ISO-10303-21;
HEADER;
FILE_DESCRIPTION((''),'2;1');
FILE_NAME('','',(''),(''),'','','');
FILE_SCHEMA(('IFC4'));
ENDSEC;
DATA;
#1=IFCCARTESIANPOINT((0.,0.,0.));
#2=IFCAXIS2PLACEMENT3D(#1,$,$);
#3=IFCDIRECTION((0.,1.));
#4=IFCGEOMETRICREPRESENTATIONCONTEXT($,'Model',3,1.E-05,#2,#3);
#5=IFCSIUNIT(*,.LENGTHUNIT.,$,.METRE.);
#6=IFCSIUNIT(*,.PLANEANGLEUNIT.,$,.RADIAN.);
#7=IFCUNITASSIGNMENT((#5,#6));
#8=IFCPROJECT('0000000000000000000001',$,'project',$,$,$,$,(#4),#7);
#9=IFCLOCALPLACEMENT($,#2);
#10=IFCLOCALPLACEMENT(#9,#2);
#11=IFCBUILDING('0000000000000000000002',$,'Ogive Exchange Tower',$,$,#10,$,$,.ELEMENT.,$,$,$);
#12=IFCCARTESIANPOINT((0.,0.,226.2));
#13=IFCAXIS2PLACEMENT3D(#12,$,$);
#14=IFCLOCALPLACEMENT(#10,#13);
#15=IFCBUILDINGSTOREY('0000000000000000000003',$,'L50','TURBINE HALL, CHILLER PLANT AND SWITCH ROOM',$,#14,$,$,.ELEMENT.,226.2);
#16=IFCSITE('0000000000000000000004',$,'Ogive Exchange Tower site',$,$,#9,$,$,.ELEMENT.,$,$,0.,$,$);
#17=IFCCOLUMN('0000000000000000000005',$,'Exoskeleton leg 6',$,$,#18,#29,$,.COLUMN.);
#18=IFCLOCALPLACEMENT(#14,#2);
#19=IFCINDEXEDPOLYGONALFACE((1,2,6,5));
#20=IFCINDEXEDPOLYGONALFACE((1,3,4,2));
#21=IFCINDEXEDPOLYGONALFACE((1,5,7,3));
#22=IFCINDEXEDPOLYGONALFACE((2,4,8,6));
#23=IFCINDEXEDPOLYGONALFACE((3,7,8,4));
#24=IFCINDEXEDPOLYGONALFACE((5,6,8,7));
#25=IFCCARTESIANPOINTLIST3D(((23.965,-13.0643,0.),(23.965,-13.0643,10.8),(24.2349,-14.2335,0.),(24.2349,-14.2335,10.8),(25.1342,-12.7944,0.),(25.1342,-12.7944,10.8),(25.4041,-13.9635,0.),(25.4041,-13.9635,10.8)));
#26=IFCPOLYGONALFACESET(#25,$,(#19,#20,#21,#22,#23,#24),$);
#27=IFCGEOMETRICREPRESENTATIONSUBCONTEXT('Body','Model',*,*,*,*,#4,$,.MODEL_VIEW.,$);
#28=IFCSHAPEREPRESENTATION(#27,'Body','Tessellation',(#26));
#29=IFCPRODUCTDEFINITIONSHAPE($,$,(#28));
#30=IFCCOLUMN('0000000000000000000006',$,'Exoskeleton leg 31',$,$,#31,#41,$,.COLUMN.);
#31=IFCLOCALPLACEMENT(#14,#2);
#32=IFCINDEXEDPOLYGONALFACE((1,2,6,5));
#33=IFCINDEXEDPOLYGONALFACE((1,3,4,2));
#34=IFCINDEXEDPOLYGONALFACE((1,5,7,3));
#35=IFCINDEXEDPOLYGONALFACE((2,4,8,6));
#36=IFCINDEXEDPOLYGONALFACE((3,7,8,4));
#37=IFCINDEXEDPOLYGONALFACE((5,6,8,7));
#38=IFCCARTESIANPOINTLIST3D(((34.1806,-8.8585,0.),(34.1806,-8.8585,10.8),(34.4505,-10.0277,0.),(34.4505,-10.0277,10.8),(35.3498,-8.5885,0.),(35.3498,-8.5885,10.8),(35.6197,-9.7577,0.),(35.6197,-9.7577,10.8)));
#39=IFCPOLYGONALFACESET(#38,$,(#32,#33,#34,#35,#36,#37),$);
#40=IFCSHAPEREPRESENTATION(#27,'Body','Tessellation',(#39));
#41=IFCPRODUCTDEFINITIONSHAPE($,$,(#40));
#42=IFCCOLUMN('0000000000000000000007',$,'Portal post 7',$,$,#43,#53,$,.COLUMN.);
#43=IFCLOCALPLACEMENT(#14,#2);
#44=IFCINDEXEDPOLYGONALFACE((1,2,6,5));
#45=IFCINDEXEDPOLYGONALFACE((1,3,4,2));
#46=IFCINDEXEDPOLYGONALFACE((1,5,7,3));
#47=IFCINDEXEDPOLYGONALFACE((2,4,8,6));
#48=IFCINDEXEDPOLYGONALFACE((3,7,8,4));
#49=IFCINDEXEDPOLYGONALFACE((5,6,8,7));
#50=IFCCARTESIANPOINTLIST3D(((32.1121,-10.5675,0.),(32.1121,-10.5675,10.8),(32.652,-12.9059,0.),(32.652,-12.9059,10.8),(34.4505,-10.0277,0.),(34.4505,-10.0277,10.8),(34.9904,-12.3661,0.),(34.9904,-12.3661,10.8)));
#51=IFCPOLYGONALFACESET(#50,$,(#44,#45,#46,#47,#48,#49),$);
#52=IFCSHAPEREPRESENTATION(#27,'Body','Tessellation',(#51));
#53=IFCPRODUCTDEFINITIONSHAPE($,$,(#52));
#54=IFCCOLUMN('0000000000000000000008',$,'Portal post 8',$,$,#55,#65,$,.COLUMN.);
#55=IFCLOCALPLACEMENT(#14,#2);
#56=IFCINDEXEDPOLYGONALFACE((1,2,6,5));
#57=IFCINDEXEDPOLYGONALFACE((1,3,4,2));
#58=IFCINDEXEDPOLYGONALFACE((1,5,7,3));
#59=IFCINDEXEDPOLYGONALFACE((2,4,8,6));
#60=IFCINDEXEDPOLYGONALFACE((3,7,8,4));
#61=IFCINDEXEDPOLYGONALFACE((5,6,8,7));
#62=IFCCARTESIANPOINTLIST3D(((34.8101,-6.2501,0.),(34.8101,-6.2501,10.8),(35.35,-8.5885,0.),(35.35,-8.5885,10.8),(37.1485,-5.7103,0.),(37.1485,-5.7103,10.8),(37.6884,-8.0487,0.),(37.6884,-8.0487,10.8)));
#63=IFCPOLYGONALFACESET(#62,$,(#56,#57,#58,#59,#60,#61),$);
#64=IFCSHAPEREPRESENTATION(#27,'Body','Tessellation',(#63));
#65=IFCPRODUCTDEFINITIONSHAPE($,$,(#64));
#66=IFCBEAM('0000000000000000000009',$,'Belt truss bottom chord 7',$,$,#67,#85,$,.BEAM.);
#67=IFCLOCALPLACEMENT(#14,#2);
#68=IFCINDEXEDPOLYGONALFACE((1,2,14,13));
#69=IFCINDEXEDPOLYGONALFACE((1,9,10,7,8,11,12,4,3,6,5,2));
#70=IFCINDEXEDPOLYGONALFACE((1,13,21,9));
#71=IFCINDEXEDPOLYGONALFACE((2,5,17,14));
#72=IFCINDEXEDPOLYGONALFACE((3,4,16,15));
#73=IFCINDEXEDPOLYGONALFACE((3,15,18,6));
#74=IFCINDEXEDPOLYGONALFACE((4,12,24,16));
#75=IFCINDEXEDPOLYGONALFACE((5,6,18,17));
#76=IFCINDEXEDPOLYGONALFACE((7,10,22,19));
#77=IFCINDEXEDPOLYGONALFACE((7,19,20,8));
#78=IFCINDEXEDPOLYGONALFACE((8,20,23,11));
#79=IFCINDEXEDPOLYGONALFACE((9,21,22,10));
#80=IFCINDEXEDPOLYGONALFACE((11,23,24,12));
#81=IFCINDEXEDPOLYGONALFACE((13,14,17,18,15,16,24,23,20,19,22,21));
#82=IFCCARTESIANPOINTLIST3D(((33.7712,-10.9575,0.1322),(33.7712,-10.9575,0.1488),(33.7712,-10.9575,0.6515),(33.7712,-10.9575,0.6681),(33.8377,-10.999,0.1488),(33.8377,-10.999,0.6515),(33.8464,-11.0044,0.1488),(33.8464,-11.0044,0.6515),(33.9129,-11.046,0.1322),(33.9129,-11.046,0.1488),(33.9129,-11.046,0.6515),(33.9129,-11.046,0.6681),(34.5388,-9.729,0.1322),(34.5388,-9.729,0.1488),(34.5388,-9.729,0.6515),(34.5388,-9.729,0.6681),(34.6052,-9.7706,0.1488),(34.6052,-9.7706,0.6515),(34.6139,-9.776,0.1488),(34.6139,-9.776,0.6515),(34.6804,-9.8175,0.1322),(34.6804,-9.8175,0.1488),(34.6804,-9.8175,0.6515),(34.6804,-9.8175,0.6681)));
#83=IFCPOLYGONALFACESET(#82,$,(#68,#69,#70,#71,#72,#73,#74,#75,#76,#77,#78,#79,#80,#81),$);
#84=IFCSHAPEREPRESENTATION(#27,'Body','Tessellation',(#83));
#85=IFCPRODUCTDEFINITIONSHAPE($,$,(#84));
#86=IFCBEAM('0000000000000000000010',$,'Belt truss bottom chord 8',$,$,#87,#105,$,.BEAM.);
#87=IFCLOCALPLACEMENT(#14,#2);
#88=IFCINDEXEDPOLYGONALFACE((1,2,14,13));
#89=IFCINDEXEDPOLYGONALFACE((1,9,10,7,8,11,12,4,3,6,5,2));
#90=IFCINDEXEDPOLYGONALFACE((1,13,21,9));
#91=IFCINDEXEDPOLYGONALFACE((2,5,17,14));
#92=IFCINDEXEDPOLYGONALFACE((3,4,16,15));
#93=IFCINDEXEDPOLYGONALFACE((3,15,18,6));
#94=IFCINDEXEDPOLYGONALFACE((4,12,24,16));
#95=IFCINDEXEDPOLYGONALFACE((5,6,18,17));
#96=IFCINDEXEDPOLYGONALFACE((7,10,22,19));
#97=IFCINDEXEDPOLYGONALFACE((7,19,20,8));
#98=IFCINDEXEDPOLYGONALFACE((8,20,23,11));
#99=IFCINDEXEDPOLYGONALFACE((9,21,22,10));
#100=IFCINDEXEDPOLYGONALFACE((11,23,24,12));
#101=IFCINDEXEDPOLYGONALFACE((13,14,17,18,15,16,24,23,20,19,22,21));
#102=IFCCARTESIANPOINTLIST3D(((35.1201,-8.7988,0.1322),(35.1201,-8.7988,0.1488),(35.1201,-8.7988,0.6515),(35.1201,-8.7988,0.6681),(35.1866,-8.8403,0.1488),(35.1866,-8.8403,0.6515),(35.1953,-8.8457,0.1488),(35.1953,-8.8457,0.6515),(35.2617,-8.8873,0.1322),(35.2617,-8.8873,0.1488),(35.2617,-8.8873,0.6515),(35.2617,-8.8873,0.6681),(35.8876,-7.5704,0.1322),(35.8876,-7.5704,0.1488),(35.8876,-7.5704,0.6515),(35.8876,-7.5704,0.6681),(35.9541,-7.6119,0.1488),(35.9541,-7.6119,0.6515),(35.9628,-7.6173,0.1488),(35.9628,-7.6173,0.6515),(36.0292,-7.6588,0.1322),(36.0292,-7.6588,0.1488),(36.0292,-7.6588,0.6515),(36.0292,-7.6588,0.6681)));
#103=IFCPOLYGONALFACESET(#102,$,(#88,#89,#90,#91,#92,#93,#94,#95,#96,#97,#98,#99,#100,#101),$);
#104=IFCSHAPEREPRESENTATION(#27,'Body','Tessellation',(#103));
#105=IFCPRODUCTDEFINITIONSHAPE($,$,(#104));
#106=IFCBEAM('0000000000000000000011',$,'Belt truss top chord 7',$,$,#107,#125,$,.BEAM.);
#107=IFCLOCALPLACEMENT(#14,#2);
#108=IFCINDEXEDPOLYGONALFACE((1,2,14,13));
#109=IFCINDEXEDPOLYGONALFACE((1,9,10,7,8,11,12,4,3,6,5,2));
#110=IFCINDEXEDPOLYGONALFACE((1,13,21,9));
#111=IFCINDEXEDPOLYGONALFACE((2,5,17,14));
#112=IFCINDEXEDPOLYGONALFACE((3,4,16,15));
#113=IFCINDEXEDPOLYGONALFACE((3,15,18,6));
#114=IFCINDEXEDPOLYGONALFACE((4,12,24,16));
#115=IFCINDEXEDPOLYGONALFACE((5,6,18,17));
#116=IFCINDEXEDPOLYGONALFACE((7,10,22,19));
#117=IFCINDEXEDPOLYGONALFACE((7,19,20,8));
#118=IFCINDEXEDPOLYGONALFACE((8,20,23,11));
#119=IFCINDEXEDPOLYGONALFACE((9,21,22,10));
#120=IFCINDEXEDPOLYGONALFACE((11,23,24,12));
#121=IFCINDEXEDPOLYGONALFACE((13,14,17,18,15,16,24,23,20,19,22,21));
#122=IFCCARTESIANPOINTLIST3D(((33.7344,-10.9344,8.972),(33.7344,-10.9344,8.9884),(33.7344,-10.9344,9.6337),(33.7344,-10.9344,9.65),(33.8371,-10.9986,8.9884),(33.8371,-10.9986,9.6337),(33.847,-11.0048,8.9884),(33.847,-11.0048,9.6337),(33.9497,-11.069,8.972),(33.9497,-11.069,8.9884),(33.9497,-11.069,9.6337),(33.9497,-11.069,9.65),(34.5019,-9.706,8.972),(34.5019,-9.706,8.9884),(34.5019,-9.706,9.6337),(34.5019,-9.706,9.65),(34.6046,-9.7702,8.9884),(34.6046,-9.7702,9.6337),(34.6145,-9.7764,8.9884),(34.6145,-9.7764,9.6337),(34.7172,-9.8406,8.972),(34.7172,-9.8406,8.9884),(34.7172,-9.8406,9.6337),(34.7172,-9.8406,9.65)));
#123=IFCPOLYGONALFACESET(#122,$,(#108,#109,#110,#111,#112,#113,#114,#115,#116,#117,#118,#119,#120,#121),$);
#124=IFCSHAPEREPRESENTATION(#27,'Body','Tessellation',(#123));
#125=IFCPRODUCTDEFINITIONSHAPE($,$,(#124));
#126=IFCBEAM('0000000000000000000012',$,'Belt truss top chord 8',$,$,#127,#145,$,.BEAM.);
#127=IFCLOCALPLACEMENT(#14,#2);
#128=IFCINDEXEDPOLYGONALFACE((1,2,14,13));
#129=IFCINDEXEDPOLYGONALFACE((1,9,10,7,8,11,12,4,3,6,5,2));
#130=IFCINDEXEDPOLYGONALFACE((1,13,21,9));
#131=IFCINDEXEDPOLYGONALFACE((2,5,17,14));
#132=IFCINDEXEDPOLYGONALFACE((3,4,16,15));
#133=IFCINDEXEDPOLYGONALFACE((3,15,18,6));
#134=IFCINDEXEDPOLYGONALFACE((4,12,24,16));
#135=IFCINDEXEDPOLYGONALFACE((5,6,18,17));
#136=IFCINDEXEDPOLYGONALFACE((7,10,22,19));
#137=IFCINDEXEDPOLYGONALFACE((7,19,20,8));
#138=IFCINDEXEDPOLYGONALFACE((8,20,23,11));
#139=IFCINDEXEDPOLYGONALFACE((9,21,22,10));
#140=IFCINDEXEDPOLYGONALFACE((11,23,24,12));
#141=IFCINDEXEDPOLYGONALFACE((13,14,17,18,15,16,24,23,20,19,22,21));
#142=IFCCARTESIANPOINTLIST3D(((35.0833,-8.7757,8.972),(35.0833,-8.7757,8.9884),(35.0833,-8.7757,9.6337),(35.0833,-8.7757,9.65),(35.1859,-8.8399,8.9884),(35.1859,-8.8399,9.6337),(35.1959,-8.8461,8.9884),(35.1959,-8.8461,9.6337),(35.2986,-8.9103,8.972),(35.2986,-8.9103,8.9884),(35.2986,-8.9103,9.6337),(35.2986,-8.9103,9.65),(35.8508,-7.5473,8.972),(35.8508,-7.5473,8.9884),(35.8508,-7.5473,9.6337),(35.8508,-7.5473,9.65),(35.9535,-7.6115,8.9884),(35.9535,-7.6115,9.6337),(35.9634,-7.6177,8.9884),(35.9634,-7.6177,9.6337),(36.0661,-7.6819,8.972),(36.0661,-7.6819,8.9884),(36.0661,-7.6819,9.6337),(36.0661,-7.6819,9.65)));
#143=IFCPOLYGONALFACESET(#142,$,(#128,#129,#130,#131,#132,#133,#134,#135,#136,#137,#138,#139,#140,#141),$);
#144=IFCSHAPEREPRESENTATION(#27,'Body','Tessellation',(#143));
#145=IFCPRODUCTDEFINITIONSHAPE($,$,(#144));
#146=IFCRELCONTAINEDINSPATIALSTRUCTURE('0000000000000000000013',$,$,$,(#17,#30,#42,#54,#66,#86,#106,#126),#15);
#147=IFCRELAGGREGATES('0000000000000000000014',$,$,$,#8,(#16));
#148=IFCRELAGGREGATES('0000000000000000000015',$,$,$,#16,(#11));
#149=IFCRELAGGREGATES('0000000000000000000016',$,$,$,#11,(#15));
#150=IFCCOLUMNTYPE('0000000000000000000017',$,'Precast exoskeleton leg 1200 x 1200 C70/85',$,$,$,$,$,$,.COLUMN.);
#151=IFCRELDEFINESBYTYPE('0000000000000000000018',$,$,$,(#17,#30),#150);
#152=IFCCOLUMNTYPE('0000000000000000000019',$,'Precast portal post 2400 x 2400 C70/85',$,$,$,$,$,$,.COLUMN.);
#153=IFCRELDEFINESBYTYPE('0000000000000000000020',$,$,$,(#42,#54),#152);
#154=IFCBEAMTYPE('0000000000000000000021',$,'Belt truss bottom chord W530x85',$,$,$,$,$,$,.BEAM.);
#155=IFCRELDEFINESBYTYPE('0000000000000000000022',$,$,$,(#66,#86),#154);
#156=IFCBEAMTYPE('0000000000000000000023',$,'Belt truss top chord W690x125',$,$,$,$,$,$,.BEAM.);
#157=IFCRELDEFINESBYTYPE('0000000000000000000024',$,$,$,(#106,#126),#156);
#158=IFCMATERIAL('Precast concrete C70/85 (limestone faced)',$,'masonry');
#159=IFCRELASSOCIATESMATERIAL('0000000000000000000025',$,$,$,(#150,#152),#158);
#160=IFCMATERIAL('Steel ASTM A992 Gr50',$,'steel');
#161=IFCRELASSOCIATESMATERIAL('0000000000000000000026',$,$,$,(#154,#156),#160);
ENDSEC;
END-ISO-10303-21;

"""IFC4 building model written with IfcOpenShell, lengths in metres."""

from ifc_helpers import new_model, si_unit, direction, frame, origin, origin_2d, place, context, subcontext, project, spatial, rectangle, i_section, extrude, material, material_profile, profile_set, type_object, element, save


model = new_model("IFC4")

# Units and contexts
model_context = context("Model", 3, precision=1e-05, world=origin(), true_north=direction((0.0, 1.0)))
body_context = subcontext(model_context, "Body", "Model", "MODEL_VIEW")
ifc_project = project(units=[si_unit("LENGTHUNIT", "METRE"), si_unit("PLANEANGLEUNIT", "RADIAN")], contexts=[model_context])

# Site, building, storey
site_placement = place(None, origin())
site = spatial("IfcSite", under=ifc_project, at=site_placement, Name="Ogive Exchange Tower site", CompositionType="ELEMENT", RefElevation=0.0)
building_placement = place(site_placement, origin())
building = spatial("IfcBuilding", under=site, at=building_placement, Name="Ogive Exchange Tower", CompositionType="ELEMENT")
storey_placement = place(building_placement, frame((0.0, 0.0, 226.2)))
storey = spatial("IfcBuildingStorey", under=building, at=storey_placement, Name="L50", Description="TURBINE HALL, CHILLER PLANT AND SWITCH ROOM", CompositionType="ELEMENT", Elevation=226.2)

# Columns
ifc_material_1 = material(Name="Precast concrete C70/85 (limestone faced)", Category="masonry")
ifc_material_profile_1 = material_profile(ifc_material_1, rectangle(XDim=1.2, YDim=1.2, at=origin_2d()), Name="1200 x 1200")
ifc_profile_set_1 = profile_set([ifc_material_profile_1], Name="Precast concrete C70/85 (limestone faced)")
column_type_1 = type_object("IfcColumnType", Name="Precast exoskeleton leg 1200 x 1200 C70/85", PredefinedType="COLUMN", material=ifc_profile_set_1)
for number, where, z_axis, x_axis, name in (
    (1, (24.6846, -13.5139, 0.0), (0.0, 0.0, 1.0), (0.97437, 0.224951, 0.0), "Exoskeleton leg 6"),
    (2, (34.9001, -9.3081, 0.0), (0.0, 0.0, 1.0), (0.97437, 0.224951, 0.0), "Exoskeleton leg 31"),
):
    element("IfcColumn", number, at=place(storey_placement, frame(where, z_axis=z_axis, x_axis=x_axis)), inside=storey, type_object=column_type_1, Name=name, PredefinedType="COLUMN", context=body_context, shape_type="SweptSolid", body=[
        extrude(rectangle(XDim=1.2, YDim=1.2, at=origin_2d()), origin(), (0.0, 0.0, 1.0), 10.8),
    ])
ifc_material_profile_2 = material_profile(ifc_material_1, rectangle(XDim=2.3999, YDim=2.3999, at=origin_2d()), Name="2400 x 2400")
ifc_profile_set_2 = profile_set([ifc_material_profile_2], Name="Precast concrete C70/85 (limestone faced)")
column_type_2 = type_object("IfcColumnType", Name="Precast portal post 2400 x 2400 C70/85", PredefinedType="COLUMN", material=ifc_profile_set_2)
for number, where, z_axis, x_axis, name in (
    (3, (33.5513, -11.4668, 0.0), (0.0, 0.0, 1.0), (0.97437, 0.224951, 0.0), "Portal post 7"),
    (4, (36.2493, -7.1494, 0.0), (0.0, 0.0, 1.0), (0.97437, 0.224951, 0.0), "Portal post 8"),
):
    element("IfcColumn", number, at=place(storey_placement, frame(where, z_axis=z_axis, x_axis=x_axis)), inside=storey, type_object=column_type_2, Name=name, PredefinedType="COLUMN", context=body_context, shape_type="SweptSolid", body=[
        extrude(rectangle(XDim=2.3999, YDim=2.3999, at=origin_2d()), origin(), (0.0, 0.0, 1.0), 10.8),
    ])

# Beams
ifc_material_2 = material(Name="Steel ASTM A992 Gr50", Category="steel")
ifc_material_profile_3 = material_profile(ifc_material_2, i_section(OverallWidth=0.167, OverallDepth=0.5359, WebThickness=0.0103, FlangeThickness=0.0166, at=origin_2d()), Name="W530x85")
ifc_profile_set_3 = profile_set([ifc_material_profile_3], Name="Steel ASTM A992 Gr50")
beam_type_1 = type_object("IfcBeamType", Name="Belt truss bottom chord W530x85", PredefinedType="BEAM", material=ifc_profile_set_3)
for number, where, z_axis, x_axis, name in (
    (5, (33.842, -11.0017, 0.4001), (0.529878, 0.848074, 0.0), (-0.848074, 0.529878, 0.0), "Belt truss bottom chord 7"),
    (6, (35.1909, -8.843, 0.4001), (0.529878, 0.848074, 0.0), (-0.848074, 0.529878, 0.0), "Belt truss bottom chord 8"),
):
    element("IfcBeam", number, at=place(storey_placement, frame(where, z_axis=z_axis, x_axis=x_axis)), inside=storey, type_object=beam_type_1, Name=name, PredefinedType="BEAM", context=body_context, shape_type="SweptSolid", body=[
        extrude(i_section(OverallWidth=0.167, OverallDepth=0.5359, WebThickness=0.0103, FlangeThickness=0.0166, at=origin_2d()), origin(), (0.0, 0.0, 1.0), 1.4485),
    ])
ifc_material_profile_4 = material_profile(ifc_material_2, i_section(OverallWidth=0.2539, OverallDepth=0.678, WebThickness=0.0117, FlangeThickness=0.0164, at=origin_2d()), Name="W690x125")
ifc_profile_set_4 = profile_set([ifc_material_profile_4], Name="Steel ASTM A992 Gr50")
beam_type_2 = type_object("IfcBeamType", Name="Belt truss top chord W690x125", PredefinedType="BEAM", material=ifc_profile_set_4)
for number, where, z_axis, x_axis, name in (
    (7, (33.842, -11.0017, 9.311), (0.529878, 0.848074, 0.0), (-0.848074, 0.529878, 0.0), "Belt truss top chord 7"),
    (8, (35.1909, -8.843, 9.311), (0.529878, 0.848074, 0.0), (-0.848074, 0.529878, 0.0), "Belt truss top chord 8"),
):
    element("IfcBeam", number, at=place(storey_placement, frame(where, z_axis=z_axis, x_axis=x_axis)), inside=storey, type_object=beam_type_2, Name=name, PredefinedType="BEAM", context=body_context, shape_type="SweptSolid", body=[
        extrude(i_section(OverallWidth=0.2539, OverallDepth=0.678, WebThickness=0.0117, FlangeThickness=0.0164, at=origin_2d()), origin(), (0.0, 0.0, 1.0), 1.4485),
    ])

save(model, "model.ifc")
